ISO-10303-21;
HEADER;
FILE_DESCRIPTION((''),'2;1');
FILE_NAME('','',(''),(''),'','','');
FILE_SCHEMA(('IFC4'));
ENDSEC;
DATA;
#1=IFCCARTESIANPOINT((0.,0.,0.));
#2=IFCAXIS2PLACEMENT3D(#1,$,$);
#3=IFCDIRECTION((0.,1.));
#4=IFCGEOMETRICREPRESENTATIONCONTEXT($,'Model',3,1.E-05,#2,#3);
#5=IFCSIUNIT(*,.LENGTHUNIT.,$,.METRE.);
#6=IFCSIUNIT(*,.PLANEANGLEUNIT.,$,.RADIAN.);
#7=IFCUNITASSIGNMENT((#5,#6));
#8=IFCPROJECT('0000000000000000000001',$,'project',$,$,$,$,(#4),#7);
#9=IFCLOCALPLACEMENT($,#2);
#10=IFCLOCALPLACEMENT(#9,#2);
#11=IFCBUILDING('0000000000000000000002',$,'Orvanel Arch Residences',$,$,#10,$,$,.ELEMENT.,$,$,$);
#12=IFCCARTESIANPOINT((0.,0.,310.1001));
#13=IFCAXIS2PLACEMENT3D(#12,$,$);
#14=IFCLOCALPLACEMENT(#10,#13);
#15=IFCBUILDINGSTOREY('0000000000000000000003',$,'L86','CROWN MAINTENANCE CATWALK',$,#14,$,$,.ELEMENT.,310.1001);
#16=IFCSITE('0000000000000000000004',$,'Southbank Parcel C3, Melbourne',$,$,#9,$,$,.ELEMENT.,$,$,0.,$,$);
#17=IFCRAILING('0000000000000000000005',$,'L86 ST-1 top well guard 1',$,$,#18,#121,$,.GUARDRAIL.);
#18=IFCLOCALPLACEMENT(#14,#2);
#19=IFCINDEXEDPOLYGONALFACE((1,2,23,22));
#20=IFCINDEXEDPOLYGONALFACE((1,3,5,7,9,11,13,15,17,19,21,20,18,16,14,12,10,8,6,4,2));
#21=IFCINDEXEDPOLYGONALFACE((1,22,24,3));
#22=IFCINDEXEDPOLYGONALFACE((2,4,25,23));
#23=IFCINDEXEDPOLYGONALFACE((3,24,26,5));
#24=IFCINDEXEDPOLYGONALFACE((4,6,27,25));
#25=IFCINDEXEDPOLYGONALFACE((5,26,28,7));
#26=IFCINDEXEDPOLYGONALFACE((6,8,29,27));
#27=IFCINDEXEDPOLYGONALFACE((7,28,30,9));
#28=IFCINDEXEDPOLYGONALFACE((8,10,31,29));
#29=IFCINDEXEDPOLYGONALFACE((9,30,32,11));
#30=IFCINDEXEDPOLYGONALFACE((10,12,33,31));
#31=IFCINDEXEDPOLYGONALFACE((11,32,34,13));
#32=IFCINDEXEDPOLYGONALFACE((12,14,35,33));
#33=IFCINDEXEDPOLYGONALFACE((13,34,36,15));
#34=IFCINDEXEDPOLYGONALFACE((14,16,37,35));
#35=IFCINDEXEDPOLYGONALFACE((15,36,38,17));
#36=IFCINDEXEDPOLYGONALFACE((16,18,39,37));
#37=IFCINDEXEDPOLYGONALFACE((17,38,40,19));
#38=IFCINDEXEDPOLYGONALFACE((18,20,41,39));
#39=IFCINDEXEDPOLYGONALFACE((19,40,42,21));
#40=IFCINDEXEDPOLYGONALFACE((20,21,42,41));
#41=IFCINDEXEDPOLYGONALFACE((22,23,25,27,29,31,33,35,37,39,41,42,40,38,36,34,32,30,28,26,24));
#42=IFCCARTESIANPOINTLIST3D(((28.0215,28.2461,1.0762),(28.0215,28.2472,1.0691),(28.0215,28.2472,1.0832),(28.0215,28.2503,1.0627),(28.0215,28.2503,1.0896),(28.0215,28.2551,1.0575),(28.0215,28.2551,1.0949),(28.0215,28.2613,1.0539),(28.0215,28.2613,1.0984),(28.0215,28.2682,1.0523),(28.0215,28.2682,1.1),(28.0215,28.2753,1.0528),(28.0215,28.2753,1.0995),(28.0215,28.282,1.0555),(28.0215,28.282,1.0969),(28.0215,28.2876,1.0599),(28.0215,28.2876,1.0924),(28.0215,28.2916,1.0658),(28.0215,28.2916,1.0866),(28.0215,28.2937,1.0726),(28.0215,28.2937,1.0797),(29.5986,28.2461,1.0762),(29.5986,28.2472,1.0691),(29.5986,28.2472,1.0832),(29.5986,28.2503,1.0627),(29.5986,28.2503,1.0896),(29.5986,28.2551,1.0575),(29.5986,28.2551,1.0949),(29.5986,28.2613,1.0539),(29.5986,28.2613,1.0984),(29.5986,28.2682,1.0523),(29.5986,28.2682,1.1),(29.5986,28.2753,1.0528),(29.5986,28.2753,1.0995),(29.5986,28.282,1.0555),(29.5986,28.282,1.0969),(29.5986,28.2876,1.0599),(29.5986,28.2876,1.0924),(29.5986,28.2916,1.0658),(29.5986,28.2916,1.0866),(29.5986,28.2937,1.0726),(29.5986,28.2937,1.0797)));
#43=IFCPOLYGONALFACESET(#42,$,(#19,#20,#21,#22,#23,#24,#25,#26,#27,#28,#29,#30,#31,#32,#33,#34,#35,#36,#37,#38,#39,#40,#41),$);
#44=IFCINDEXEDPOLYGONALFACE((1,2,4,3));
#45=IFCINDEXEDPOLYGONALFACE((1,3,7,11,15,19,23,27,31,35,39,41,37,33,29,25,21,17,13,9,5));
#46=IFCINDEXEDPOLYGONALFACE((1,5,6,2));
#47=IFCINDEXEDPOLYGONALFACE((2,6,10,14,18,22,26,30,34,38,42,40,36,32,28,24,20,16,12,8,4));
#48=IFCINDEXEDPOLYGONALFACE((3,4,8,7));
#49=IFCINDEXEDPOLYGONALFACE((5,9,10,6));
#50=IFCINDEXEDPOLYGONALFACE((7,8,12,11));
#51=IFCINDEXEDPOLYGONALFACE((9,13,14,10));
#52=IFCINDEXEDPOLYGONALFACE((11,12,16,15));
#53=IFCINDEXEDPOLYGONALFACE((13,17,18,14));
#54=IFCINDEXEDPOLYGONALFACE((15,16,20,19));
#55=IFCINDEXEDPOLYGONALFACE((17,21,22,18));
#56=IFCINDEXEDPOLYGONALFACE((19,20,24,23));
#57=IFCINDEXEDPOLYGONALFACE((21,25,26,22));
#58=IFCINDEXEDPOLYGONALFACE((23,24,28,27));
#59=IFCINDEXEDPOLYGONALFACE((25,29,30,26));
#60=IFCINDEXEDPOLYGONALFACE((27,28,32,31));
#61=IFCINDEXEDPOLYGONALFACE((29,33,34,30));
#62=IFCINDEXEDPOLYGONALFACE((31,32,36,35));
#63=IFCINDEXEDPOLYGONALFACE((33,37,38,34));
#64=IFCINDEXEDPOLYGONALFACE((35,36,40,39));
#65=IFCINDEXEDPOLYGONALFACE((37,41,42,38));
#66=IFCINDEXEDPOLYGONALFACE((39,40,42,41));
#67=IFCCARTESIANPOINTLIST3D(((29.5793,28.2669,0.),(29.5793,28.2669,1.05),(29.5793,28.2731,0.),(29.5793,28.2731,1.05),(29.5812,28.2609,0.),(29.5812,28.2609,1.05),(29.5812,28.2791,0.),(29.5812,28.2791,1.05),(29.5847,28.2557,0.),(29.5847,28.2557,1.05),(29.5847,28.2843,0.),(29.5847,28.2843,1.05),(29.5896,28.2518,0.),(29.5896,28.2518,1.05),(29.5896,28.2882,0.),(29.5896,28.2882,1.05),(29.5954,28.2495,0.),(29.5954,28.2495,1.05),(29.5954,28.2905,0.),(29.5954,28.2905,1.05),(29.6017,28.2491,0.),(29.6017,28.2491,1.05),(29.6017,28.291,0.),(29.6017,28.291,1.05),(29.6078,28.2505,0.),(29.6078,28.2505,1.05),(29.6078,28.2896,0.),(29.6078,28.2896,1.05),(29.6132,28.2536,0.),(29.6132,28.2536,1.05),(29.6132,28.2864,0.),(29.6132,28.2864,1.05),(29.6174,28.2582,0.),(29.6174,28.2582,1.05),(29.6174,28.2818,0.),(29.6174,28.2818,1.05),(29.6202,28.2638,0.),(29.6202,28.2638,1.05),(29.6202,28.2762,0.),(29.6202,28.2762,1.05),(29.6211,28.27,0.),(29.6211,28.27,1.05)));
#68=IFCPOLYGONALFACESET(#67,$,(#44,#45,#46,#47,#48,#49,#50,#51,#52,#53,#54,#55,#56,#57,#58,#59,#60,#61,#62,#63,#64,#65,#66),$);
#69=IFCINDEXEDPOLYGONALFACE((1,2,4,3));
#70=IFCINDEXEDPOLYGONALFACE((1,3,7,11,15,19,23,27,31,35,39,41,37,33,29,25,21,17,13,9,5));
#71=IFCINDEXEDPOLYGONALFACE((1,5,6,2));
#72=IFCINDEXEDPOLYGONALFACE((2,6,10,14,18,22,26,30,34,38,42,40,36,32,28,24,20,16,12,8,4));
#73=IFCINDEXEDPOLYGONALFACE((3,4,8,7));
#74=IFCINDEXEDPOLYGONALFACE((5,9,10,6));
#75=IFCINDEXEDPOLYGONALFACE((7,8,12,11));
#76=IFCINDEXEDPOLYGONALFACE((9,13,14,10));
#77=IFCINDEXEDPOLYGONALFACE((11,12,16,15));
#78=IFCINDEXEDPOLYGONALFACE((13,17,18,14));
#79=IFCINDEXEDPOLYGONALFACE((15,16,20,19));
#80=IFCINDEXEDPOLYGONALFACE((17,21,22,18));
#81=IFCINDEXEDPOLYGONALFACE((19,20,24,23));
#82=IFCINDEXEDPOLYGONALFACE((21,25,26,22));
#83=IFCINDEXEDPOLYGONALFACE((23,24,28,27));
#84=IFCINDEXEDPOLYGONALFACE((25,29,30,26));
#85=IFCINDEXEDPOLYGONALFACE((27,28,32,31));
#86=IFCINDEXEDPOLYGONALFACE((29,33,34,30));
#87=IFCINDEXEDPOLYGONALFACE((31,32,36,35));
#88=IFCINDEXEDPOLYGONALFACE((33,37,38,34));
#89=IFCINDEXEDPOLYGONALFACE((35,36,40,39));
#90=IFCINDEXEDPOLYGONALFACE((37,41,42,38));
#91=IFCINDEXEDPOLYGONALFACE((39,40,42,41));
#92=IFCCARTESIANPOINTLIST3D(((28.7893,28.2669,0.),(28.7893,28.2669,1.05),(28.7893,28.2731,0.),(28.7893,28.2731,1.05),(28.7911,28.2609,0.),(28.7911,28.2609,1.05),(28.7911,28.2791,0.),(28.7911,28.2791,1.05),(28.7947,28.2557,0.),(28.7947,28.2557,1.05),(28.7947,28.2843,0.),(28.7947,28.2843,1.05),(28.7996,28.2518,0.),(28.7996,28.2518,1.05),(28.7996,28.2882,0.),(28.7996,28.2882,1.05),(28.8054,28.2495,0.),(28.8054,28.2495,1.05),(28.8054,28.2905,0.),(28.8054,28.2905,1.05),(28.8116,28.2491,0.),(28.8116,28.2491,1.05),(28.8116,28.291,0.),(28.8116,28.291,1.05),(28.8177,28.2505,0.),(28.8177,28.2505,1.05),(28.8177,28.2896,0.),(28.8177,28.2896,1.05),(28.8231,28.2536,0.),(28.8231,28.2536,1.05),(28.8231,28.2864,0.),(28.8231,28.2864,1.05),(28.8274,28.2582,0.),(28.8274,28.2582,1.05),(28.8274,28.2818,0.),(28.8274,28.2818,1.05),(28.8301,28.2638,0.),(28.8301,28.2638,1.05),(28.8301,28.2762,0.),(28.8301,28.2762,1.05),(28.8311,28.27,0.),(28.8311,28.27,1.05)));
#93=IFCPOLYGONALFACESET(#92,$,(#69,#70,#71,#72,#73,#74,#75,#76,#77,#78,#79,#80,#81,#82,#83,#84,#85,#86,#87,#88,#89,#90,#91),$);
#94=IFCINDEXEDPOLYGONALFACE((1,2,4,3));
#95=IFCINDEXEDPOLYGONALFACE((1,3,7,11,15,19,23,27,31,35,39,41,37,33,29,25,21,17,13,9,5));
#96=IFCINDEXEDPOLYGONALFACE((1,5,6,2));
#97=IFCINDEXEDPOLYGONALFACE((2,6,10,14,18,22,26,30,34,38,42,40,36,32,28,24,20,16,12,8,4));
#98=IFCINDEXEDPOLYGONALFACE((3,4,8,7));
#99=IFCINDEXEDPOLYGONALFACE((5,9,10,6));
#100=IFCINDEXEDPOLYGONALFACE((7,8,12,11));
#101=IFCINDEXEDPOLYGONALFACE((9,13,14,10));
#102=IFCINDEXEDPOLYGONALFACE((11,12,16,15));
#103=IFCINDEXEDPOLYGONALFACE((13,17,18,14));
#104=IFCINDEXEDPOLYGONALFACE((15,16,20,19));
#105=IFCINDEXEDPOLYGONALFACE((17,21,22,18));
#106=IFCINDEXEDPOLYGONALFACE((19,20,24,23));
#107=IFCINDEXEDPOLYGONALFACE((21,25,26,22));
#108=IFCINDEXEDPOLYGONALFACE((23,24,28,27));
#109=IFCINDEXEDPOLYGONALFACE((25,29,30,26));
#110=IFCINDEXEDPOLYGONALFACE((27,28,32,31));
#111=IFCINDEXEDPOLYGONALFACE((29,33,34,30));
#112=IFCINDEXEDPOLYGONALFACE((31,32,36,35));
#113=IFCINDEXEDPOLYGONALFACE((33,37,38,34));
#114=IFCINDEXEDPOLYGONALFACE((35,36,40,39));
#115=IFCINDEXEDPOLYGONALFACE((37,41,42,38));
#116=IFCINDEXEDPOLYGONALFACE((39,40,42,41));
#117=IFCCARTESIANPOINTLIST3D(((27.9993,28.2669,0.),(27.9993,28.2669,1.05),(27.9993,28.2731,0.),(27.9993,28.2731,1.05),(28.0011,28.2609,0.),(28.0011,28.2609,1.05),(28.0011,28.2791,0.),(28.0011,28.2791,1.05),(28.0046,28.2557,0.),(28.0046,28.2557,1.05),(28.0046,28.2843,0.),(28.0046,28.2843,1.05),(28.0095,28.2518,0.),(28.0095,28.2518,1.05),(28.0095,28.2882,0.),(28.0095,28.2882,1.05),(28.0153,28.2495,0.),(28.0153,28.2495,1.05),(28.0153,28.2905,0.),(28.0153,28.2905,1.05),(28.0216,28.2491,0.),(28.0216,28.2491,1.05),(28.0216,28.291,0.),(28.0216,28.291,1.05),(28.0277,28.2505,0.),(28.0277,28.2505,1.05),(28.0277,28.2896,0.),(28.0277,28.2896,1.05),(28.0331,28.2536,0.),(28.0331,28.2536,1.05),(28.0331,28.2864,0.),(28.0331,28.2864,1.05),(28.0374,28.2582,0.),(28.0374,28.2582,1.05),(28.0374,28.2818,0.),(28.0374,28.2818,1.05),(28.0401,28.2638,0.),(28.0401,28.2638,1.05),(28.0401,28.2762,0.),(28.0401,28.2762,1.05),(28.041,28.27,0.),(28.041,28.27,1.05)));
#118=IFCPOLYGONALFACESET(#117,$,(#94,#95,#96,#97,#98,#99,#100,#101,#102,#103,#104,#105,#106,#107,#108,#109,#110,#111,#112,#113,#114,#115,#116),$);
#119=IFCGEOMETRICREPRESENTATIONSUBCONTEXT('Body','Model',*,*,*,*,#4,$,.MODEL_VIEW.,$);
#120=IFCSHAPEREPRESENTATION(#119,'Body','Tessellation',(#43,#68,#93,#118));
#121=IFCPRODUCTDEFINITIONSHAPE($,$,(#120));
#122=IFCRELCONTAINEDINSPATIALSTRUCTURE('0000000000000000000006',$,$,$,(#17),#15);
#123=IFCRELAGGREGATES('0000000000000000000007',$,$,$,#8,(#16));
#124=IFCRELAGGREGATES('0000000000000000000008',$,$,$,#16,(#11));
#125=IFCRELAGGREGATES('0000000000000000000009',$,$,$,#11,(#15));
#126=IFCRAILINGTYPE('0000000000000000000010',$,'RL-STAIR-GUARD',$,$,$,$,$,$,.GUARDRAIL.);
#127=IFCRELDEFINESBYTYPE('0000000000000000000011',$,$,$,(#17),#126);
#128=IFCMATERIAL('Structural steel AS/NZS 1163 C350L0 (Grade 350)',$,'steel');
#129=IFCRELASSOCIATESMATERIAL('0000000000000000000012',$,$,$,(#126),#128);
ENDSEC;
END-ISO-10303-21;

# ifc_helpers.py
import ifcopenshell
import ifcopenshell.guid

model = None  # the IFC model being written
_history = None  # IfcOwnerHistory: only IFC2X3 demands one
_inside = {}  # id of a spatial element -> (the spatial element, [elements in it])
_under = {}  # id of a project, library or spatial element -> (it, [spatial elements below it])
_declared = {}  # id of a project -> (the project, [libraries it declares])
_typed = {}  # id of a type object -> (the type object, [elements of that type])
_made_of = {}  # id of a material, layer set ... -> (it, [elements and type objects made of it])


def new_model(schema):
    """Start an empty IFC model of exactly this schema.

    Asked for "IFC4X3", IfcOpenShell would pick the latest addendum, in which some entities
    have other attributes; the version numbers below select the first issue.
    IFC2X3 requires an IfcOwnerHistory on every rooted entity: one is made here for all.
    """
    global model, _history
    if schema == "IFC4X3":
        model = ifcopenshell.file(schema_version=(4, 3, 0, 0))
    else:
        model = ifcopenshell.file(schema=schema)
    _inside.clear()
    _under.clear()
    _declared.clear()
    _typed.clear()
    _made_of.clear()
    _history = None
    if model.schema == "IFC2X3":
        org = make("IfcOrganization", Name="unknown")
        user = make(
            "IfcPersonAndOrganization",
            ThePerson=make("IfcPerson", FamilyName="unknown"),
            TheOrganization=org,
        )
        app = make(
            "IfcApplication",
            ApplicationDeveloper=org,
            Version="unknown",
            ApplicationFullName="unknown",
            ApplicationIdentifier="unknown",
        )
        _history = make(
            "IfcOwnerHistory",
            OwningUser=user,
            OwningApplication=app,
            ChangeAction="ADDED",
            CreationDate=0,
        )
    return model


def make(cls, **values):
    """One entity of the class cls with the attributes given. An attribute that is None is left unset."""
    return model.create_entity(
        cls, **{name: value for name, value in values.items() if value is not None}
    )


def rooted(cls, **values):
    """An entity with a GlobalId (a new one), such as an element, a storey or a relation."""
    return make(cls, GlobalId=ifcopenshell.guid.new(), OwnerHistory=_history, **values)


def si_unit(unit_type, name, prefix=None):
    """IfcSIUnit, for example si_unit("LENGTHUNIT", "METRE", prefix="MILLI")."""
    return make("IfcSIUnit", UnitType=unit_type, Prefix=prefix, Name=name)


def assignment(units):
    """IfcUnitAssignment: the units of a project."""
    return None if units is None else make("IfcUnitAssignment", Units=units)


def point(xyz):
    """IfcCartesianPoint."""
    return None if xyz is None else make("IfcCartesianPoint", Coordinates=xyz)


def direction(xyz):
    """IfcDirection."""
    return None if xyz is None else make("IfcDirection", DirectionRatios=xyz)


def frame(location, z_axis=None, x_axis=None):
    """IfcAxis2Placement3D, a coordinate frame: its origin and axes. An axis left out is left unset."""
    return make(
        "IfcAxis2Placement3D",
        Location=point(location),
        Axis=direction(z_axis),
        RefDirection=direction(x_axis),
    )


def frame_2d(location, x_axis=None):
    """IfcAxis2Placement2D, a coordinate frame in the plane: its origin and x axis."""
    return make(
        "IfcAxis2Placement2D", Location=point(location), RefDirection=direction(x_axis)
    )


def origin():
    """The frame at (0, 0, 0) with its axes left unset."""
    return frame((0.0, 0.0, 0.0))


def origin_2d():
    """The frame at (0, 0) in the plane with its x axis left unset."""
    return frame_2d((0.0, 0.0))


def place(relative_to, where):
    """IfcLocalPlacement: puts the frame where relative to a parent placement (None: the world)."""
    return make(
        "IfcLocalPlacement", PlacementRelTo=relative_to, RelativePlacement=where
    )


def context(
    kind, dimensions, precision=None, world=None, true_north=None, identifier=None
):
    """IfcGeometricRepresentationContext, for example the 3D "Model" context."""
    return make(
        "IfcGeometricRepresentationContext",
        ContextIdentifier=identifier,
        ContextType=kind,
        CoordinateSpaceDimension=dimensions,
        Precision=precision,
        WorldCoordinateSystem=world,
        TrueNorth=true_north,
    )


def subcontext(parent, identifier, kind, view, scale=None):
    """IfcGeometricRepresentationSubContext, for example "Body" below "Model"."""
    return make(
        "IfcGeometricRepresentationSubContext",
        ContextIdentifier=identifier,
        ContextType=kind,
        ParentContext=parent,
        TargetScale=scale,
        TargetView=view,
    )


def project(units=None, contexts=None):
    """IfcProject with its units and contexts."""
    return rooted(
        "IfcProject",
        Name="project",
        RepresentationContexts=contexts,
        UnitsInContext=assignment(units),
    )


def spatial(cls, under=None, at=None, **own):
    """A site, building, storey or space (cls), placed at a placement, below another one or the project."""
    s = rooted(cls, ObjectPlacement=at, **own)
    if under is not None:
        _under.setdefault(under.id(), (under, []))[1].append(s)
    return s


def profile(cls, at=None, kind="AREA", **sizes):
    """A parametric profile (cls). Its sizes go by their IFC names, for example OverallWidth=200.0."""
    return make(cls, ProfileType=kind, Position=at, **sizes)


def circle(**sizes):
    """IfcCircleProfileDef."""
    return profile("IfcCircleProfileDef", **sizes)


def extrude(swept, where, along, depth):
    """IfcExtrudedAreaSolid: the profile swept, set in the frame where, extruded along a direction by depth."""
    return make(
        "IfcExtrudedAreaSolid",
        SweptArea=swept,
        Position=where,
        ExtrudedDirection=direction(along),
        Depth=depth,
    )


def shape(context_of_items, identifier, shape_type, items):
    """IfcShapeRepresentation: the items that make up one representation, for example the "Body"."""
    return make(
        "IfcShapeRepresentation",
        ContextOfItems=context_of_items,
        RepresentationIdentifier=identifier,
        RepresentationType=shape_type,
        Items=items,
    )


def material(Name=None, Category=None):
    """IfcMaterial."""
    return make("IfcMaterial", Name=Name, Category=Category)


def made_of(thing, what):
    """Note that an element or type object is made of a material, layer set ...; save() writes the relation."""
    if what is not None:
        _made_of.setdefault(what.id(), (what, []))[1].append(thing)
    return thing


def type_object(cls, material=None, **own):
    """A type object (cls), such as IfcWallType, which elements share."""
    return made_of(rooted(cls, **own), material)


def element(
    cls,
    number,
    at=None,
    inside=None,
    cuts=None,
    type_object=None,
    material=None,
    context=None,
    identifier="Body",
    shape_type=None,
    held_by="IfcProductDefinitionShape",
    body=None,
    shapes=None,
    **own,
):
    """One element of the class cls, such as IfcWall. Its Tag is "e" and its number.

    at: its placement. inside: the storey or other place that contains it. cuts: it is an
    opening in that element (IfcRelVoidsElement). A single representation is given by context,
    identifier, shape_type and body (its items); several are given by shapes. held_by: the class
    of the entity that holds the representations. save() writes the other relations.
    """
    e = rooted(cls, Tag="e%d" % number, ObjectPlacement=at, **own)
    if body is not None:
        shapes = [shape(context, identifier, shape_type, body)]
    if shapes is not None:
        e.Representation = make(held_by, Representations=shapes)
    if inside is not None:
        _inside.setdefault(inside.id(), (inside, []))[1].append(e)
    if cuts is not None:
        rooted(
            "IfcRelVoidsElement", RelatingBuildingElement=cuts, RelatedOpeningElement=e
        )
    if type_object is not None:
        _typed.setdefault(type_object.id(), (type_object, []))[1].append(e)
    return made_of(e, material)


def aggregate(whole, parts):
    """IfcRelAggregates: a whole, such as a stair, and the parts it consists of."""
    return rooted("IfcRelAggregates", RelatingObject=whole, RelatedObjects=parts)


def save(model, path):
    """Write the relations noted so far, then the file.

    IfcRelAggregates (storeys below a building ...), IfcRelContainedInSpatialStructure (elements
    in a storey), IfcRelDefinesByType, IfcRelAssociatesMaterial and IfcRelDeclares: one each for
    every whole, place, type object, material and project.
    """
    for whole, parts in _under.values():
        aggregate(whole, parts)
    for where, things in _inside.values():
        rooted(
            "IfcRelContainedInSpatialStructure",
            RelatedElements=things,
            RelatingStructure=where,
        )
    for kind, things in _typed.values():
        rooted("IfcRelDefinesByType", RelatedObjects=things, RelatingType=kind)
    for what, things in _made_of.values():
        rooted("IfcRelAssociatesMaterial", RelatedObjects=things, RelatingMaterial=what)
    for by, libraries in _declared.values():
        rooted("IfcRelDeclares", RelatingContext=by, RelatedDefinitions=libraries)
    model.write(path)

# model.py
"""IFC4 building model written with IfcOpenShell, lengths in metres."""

from ifc_helpers import new_model, si_unit, direction, frame, origin, origin_2d, place, context, subcontext, project, spatial, circle, extrude, material, type_object, element, save


model = new_model("IFC4")

# Units and contexts
model_context = context("Model", 3, precision=1e-05, world=origin(), true_north=direction((0.0, 1.0)))
body_context = subcontext(model_context, "Body", "Model", "MODEL_VIEW")
ifc_project = project(units=[si_unit("LENGTHUNIT", "METRE"), si_unit("PLANEANGLEUNIT", "RADIAN")], contexts=[model_context])

# Site, building, storey
site_placement = place(None, origin())
site = spatial("IfcSite", under=ifc_project, at=site_placement, Name="Southbank Parcel C3, Melbourne", CompositionType="ELEMENT", RefElevation=0.0)
building_placement = place(site_placement, origin())
building = spatial("IfcBuilding", under=site, at=building_placement, Name="Orvanel Arch Residences", CompositionType="ELEMENT")
storey_placement = place(building_placement, frame((0.0, 0.0, 310.1001)))
storey = spatial("IfcBuildingStorey", under=building, at=storey_placement, Name="L86", Description="CROWN MAINTENANCE CATWALK", CompositionType="ELEMENT", Elevation=310.1001)

# Shared definitions
ifc_material_1 = material(Name="Structural steel AS/NZS 1163 C350L0 (Grade 350)", Category="steel")

# Railing
railing_type = type_object("IfcRailingType", Name="RL-STAIR-GUARD", PredefinedType="GUARDRAIL", material=ifc_material_1)
railing_placement = place(storey_placement, frame((29.6001, 28.27, 0.0)))
element("IfcRailing", 1, at=railing_placement, inside=storey, type_object=railing_type, Name="L86 ST-1 top well guard 1", PredefinedType="GUARDRAIL", context=body_context, shape_type="SweptSolid", body=[
    extrude(circle(Radius=0.0239, at=origin_2d()), frame((-0.0015, 0.0, 1.0762), z_axis=(-1.0, 0.0, 0.0), x_axis=(0.0, -1.0, 0.0)), (0.0, 0.0, 1.0), 1.5771),
    extrude(circle(Radius=0.021, at=origin_2d()), origin(), (0.0, 0.0, 1.0), 1.05),
    extrude(circle(Radius=0.021, at=origin_2d()), frame((-0.79, 0.0, 0.0)), (0.0, 0.0, 1.0), 1.05),
    extrude(circle(Radius=0.021, at=origin_2d()), frame((-1.5801, 0.0, 0.0)), (0.0, 0.0, 1.0), 1.05),
])

save(model, "model.ifc")
